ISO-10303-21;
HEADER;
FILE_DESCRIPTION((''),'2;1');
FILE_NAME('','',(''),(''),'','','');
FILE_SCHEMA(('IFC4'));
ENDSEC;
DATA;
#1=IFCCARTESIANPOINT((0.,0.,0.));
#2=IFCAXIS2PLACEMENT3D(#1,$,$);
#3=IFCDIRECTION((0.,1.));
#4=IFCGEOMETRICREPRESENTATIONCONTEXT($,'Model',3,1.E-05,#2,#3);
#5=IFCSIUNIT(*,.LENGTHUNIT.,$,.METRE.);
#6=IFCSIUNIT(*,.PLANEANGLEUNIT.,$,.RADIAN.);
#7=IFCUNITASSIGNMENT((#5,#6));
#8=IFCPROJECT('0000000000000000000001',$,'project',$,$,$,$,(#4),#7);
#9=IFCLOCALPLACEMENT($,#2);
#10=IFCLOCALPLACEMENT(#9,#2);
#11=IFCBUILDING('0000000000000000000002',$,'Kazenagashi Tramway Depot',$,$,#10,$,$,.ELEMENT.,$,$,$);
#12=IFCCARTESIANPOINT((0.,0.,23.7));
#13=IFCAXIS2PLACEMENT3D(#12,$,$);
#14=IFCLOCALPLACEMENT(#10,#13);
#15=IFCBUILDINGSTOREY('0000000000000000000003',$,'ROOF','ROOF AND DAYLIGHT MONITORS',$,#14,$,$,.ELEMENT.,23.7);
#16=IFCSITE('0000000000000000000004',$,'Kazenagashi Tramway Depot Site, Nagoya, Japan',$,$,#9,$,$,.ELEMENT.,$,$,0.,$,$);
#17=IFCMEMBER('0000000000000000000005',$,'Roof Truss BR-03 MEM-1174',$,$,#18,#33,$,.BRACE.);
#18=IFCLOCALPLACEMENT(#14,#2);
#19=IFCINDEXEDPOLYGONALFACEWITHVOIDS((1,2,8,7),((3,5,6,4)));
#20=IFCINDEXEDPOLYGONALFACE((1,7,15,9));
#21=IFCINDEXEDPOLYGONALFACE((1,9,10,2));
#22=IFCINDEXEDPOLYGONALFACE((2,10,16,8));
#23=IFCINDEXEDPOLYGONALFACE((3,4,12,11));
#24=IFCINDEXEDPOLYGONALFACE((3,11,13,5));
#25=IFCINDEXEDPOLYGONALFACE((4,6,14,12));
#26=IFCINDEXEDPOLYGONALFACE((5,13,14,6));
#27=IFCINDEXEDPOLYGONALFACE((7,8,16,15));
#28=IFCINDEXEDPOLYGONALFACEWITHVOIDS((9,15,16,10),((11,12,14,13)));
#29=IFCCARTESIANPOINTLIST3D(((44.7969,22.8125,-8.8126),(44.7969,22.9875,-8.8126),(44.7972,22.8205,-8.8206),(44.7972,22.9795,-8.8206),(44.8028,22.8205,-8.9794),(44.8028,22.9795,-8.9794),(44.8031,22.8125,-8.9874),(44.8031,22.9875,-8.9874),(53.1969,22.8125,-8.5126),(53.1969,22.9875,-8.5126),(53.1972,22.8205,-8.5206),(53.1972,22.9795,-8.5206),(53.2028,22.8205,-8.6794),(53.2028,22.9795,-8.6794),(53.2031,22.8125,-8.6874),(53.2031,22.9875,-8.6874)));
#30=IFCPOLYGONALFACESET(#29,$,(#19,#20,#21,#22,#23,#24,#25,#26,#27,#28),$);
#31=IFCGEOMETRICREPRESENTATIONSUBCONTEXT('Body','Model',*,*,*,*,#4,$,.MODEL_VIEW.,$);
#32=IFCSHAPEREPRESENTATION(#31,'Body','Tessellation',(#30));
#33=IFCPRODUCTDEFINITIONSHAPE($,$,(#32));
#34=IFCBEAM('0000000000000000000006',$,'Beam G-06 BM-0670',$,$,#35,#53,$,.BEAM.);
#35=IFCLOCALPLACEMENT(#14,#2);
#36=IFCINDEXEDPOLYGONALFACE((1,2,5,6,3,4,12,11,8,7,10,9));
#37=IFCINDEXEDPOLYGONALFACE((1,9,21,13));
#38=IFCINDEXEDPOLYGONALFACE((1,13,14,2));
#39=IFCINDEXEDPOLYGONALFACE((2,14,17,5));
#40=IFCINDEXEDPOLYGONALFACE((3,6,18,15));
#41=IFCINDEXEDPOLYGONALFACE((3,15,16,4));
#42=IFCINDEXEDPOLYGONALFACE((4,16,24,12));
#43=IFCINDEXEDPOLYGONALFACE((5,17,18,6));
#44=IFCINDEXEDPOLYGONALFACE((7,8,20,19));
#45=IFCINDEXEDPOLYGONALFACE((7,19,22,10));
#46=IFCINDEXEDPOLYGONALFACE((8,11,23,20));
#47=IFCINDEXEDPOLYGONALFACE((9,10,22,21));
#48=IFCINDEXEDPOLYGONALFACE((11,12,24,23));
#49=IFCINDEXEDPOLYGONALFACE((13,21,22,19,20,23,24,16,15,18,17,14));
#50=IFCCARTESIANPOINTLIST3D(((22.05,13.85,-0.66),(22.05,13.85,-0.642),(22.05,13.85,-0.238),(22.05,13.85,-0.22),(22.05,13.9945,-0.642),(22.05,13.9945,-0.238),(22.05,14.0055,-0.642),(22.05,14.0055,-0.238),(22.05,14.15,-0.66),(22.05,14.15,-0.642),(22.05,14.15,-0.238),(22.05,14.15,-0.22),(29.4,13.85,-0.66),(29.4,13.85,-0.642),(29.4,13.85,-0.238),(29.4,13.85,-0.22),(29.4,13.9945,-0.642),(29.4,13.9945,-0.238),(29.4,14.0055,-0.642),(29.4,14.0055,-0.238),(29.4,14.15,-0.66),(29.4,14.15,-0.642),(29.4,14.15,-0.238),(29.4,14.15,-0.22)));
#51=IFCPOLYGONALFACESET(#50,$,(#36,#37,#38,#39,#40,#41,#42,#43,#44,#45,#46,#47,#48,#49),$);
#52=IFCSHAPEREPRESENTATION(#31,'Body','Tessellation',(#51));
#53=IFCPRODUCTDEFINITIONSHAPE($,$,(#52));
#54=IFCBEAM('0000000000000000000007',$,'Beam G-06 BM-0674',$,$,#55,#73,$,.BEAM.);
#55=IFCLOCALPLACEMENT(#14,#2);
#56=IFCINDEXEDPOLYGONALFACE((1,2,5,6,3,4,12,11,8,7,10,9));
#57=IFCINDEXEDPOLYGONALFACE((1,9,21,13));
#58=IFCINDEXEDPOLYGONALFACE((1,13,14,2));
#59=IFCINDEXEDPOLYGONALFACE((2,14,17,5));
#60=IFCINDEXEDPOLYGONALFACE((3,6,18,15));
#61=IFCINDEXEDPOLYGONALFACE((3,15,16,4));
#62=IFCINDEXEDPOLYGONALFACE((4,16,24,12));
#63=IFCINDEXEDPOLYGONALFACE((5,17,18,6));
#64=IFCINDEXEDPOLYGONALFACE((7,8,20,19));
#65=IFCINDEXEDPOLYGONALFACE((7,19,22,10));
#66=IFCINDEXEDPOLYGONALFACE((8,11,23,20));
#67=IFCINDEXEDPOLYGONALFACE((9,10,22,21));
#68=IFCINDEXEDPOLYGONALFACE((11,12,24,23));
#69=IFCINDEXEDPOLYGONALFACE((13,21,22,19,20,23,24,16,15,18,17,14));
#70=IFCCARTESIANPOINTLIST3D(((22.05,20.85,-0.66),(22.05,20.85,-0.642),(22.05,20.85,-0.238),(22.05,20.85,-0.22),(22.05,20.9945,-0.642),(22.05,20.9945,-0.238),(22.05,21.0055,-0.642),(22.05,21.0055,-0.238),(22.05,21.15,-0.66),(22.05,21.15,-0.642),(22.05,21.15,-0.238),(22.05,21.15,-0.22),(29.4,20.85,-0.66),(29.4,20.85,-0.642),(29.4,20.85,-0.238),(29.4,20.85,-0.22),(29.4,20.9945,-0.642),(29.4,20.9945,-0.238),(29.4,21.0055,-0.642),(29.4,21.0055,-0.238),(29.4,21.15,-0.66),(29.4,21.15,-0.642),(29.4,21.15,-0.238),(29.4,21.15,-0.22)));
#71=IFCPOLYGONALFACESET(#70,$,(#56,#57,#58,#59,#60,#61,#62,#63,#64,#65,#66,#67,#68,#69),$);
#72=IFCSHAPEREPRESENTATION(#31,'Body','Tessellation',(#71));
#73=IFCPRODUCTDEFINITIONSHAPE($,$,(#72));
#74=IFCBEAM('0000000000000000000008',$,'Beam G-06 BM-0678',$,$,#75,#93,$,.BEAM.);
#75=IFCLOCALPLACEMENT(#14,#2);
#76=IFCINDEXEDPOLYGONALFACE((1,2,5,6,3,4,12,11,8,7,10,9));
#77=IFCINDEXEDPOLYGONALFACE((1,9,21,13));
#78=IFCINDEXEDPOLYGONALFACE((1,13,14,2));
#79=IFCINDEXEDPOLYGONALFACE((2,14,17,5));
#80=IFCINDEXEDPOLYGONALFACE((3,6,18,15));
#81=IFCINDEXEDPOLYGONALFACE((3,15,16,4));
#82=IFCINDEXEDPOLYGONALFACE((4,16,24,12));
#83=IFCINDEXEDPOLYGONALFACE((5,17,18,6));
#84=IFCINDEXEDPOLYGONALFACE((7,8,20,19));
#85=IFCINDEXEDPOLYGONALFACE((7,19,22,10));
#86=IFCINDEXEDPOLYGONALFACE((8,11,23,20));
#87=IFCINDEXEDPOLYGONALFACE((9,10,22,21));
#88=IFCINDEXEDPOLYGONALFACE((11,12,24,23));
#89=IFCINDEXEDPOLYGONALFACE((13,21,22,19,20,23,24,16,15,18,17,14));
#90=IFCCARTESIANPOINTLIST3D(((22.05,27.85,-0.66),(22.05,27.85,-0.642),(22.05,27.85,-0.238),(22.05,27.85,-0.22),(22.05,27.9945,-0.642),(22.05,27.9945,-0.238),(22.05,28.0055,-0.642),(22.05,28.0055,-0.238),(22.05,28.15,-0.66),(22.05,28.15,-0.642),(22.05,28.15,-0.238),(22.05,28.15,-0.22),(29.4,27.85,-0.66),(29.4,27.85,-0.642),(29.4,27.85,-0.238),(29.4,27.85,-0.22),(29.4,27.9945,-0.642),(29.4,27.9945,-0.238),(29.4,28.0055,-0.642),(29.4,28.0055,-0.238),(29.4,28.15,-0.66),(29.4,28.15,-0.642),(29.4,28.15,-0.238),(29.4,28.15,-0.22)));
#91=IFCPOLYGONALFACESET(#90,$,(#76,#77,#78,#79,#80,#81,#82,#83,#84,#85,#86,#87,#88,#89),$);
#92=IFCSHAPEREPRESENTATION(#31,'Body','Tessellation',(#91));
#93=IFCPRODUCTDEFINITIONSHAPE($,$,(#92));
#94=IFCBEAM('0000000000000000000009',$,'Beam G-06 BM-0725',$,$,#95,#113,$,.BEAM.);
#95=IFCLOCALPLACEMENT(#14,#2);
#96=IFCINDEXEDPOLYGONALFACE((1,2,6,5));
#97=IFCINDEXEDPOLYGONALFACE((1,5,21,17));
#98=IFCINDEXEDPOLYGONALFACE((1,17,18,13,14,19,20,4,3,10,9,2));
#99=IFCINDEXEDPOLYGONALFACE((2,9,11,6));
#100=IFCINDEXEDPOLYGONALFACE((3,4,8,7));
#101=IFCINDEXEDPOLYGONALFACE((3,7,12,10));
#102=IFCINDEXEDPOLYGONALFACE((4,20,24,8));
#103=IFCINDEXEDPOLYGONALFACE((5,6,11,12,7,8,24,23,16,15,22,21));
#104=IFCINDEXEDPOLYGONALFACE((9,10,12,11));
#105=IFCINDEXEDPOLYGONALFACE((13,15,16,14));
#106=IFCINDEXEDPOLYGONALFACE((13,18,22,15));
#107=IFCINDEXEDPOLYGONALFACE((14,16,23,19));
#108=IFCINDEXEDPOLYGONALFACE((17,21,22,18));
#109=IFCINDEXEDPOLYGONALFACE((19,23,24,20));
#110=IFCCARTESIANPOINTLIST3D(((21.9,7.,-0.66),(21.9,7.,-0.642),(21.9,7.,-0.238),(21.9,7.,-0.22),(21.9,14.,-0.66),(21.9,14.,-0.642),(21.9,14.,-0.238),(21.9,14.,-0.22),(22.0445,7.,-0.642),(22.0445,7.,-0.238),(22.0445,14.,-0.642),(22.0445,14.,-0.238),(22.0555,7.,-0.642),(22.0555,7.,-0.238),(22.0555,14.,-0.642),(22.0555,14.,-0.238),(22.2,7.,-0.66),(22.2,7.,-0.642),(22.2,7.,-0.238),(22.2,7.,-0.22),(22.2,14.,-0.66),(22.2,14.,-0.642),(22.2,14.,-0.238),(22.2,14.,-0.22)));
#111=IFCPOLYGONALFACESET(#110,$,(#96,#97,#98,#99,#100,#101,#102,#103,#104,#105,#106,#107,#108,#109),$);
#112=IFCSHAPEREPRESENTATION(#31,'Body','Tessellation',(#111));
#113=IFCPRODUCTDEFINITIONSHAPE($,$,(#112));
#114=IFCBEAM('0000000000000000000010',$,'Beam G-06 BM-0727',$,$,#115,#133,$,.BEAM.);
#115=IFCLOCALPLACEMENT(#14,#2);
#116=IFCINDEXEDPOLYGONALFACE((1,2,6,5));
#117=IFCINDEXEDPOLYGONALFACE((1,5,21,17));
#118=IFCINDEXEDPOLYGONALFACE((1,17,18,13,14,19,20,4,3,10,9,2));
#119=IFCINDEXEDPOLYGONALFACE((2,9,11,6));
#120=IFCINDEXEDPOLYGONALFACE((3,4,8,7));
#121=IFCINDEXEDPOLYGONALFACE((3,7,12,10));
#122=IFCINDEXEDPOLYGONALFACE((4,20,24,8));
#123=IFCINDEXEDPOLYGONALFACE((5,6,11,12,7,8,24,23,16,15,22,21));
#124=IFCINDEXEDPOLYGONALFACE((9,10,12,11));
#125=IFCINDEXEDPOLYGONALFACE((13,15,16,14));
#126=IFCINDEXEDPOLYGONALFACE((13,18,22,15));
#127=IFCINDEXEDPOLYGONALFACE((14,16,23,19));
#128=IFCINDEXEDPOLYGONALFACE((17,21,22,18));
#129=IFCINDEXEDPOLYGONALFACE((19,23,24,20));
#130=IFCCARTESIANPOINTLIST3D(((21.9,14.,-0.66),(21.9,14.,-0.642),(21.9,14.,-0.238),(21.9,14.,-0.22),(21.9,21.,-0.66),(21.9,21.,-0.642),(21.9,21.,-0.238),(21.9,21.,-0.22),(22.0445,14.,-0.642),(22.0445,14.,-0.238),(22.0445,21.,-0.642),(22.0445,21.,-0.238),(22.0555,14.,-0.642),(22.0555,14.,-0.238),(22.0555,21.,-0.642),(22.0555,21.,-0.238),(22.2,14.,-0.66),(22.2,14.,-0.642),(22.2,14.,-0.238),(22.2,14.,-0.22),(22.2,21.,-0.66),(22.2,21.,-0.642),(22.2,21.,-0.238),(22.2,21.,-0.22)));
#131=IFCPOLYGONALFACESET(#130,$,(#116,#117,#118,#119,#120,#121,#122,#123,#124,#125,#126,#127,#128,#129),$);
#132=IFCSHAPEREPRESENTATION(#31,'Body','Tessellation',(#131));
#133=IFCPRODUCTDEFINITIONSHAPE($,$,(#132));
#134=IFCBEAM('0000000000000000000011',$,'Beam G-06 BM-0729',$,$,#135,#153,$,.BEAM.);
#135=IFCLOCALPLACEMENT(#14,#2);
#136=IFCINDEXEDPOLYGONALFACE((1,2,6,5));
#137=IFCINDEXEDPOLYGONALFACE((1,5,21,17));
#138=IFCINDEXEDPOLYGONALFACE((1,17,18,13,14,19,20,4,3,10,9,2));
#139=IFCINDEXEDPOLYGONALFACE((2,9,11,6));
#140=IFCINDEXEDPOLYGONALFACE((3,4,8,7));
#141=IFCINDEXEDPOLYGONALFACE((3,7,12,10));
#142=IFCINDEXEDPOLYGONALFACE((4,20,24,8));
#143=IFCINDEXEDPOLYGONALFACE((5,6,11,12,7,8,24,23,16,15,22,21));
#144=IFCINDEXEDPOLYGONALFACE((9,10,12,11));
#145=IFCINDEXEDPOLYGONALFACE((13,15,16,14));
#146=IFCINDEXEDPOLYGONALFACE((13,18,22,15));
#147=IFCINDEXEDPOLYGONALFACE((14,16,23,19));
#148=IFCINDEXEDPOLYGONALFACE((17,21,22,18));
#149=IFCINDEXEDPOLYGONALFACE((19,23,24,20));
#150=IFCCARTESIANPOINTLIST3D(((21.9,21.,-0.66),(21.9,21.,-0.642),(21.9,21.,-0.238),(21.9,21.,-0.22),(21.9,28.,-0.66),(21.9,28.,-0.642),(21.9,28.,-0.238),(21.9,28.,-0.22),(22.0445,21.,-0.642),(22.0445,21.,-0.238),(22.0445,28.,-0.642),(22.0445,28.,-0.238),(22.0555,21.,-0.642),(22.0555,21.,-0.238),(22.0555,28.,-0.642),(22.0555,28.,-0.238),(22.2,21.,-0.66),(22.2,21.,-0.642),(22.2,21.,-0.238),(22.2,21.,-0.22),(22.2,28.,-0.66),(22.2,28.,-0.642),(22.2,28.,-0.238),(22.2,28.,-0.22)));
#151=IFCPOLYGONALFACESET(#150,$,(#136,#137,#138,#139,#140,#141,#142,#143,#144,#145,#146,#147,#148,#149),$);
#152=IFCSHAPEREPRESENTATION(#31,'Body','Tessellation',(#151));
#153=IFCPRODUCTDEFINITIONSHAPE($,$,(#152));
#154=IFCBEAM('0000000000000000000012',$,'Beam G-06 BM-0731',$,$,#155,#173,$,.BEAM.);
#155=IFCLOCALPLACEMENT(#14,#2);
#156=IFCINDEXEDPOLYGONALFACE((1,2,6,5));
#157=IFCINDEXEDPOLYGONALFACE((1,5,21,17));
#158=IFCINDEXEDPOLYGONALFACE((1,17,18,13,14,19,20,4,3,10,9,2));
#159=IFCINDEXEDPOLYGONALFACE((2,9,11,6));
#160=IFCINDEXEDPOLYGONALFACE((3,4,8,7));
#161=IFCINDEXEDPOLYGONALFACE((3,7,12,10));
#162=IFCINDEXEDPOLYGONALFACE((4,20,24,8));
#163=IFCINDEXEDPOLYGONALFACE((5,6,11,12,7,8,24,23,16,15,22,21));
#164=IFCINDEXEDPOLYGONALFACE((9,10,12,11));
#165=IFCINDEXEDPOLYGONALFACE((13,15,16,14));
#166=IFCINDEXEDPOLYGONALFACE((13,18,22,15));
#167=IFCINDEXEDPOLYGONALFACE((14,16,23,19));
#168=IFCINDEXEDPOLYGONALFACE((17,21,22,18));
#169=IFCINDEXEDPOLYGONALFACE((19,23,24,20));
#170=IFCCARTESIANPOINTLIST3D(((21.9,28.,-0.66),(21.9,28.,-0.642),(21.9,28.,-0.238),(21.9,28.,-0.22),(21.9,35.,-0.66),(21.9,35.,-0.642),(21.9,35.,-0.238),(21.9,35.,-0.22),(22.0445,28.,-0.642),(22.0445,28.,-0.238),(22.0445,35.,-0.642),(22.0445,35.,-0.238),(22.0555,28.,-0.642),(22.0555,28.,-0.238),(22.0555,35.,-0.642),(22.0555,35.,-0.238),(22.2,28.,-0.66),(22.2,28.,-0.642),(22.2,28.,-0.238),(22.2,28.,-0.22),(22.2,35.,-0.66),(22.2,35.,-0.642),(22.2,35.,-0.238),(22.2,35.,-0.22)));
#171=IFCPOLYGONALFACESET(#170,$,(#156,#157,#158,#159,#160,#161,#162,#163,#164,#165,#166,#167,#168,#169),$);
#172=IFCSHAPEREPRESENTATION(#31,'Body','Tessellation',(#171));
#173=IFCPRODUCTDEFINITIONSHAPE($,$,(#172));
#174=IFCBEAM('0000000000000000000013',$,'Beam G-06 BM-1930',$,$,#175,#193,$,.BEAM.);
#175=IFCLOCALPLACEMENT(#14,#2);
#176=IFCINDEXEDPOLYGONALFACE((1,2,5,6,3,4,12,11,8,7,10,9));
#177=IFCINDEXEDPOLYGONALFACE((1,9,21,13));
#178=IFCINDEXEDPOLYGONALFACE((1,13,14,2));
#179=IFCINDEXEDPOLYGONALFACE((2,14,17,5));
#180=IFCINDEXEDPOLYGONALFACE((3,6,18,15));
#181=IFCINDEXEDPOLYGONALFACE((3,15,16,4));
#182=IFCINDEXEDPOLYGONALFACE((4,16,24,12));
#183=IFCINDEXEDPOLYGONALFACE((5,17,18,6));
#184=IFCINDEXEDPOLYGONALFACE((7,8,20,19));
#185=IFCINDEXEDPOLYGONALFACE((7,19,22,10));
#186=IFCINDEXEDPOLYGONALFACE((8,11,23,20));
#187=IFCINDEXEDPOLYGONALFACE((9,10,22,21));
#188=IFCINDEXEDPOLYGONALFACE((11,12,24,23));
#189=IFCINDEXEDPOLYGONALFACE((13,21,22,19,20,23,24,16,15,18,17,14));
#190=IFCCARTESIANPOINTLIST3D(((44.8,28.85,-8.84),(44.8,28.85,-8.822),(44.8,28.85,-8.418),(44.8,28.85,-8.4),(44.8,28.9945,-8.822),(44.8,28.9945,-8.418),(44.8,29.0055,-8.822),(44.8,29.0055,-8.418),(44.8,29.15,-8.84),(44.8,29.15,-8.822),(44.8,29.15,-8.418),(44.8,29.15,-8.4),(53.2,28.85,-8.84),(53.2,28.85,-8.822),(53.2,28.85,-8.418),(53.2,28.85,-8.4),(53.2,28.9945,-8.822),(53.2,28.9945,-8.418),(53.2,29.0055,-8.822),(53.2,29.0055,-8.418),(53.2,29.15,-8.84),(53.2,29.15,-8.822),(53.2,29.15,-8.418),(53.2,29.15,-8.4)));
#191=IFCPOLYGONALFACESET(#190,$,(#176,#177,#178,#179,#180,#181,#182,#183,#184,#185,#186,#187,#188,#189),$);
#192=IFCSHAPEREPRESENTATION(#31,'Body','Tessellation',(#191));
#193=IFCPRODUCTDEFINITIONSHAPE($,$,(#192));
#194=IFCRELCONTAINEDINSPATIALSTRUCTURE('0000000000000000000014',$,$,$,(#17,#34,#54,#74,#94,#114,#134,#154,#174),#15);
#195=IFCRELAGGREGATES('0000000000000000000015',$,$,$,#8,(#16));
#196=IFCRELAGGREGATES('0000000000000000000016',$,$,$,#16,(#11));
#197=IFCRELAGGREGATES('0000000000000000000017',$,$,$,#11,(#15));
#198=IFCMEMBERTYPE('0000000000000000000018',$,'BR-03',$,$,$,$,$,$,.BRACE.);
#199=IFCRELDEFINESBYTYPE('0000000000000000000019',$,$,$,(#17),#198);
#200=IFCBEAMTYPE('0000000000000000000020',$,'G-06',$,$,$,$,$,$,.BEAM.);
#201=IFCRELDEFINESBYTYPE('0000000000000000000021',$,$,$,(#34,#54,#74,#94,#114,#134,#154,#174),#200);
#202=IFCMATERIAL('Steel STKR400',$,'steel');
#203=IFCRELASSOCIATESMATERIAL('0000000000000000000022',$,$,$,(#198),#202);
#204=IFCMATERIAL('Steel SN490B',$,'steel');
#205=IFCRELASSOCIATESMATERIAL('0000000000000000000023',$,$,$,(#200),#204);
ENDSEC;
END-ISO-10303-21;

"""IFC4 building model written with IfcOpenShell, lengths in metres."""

from ifc_helpers import new_model, si_unit, direction, frame, origin, origin_2d, place, context, subcontext, project, spatial, hollow_rectangle, i_section, extrude, material, material_profile, profile_set, type_object, element, save


model = new_model("IFC4")

# Units and contexts
model_context = context("Model", 3, precision=1e-05, world=origin(), true_north=direction((0.0, 1.0)))
body_context = subcontext(model_context, "Body", "Model", "MODEL_VIEW")
ifc_project = project(units=[si_unit("LENGTHUNIT", "METRE"), si_unit("PLANEANGLEUNIT", "RADIAN")], contexts=[model_context])

# Site, building, storey
site_placement = place(None, origin())
site = spatial("IfcSite", under=ifc_project, at=site_placement, Name="Kazenagashi Tramway Depot Site, Nagoya, Japan", CompositionType="ELEMENT", RefElevation=0.0)
building_placement = place(site_placement, origin())
building = spatial("IfcBuilding", under=site, at=building_placement, Name="Kazenagashi Tramway Depot", CompositionType="ELEMENT")
storey_placement = place(building_placement, frame((0.0, 0.0, 23.7)))
storey = spatial("IfcBuildingStorey", under=building, at=storey_placement, Name="ROOF", Description="ROOF AND DAYLIGHT MONITORS", CompositionType="ELEMENT", Elevation=23.7)

# Member
ifc_material_1 = material(Name="Steel STKR400", Category="steel")
ifc_material_profile_1 = material_profile(ifc_material_1, hollow_rectangle(XDim=0.175, YDim=0.175, WallThickness=0.008, at=origin_2d()), Name="SHS-175x175x8")
ifc_profile_set_1 = profile_set([ifc_material_profile_1], Name="Steel STKR400")
member_type_1 = type_object("IfcMemberType", Name="BR-03", PredefinedType="BRACE", material=ifc_profile_set_1)
member_1_placement = place(storey_placement, frame((44.8, 22.9, -8.9), z_axis=(0.999363, 0.0, 0.035692), x_axis=(0.0, 1.0, 0.0)))
element("IfcMember", 1, at=member_1_placement, inside=storey, type_object=member_type_1, Name="Roof Truss BR-03 MEM-1174", PredefinedType="BRACE", context=body_context, shape_type="SweptSolid", body=[
    extrude(hollow_rectangle(XDim=0.175, YDim=0.175, WallThickness=0.008, at=origin_2d()), origin(), (0.0, 0.0, 1.0), 8.4054),
])

# Beams
ifc_material_2 = material(Name="Steel SN490B", Category="steel")
ifc_material_profile_2 = material_profile(ifc_material_2, i_section(OverallWidth=0.3, OverallDepth=0.44, WebThickness=0.011, FlangeThickness=0.018, at=origin_2d()), Name="H-440x300x11x18")
ifc_profile_set_2 = profile_set([ifc_material_profile_2], Name="Steel SN490B")
beam_type_1 = type_object("IfcBeamType", Name="G-06", PredefinedType="BEAM", material=ifc_profile_set_2)
for number, where, z_axis, x_axis, name in (
    (2, (22.05, 14.0, -0.44), (1.0, 0.0, 0.0), (0.0, 1.0, 0.0), "Beam G-06 BM-0670"),
    (3, (22.05, 21.0, -0.44), (1.0, 0.0, 0.0), (0.0, 1.0, 0.0), "Beam G-06 BM-0674"),
    (4, (22.05, 28.0, -0.44), (1.0, 0.0, 0.0), (0.0, 1.0, 0.0), "Beam G-06 BM-0678"),
):
    element("IfcBeam", number, at=place(storey_placement, frame(where, z_axis=z_axis, x_axis=x_axis)), inside=storey, type_object=beam_type_1, Name=name, PredefinedType="BEAM", context=body_context, shape_type="SweptSolid", body=[
        extrude(i_section(OverallWidth=0.3, OverallDepth=0.44, WebThickness=0.011, FlangeThickness=0.018, at=origin_2d()), origin(), (0.0, 0.0, 1.0), 7.35),
    ])
for number, where, z_axis, x_axis, name in (
    (5, (22.05, 7.0, -0.44), (0.0, 1.0, 0.0), (-1.0, 0.0, 0.0), "Beam G-06 BM-0725"),
    (6, (22.05, 14.0, -0.44), (0.0, 1.0, 0.0), (-1.0, 0.0, 0.0), "Beam G-06 BM-0727"),
    (7, (22.05, 21.0, -0.44), (0.0, 1.0, 0.0), (-1.0, 0.0, 0.0), "Beam G-06 BM-0729"),
    (8, (22.05, 28.0, -0.44), (0.0, 1.0, 0.0), (-1.0, 0.0, 0.0), "Beam G-06 BM-0731"),
):
    element("IfcBeam", number, at=place(storey_placement, frame(where, z_axis=z_axis, x_axis=x_axis)), inside=storey, type_object=beam_type_1, Name=name, PredefinedType="BEAM", context=body_context, shape_type="SweptSolid", body=[
        extrude(i_section(OverallWidth=0.3, OverallDepth=0.44, WebThickness=0.011, FlangeThickness=0.018, at=origin_2d()), origin(), (0.0, 0.0, 1.0), 7.0),
    ])
beam_1_placement = place(storey_placement, frame((44.8, 29.0, -8.62), z_axis=(1.0, 0.0, 0.0), x_axis=(0.0, 1.0, 0.0)))
element("IfcBeam", 9, at=beam_1_placement, inside=storey, type_object=beam_type_1, Name="Beam G-06 BM-1930", PredefinedType="BEAM", context=body_context, shape_type="SweptSolid", body=[
    extrude(i_section(OverallWidth=0.3, OverallDepth=0.44, WebThickness=0.011, FlangeThickness=0.018, at=origin_2d()), origin(), (0.0, 0.0, 1.0), 8.4),
])

save(model, "model.ifc")
